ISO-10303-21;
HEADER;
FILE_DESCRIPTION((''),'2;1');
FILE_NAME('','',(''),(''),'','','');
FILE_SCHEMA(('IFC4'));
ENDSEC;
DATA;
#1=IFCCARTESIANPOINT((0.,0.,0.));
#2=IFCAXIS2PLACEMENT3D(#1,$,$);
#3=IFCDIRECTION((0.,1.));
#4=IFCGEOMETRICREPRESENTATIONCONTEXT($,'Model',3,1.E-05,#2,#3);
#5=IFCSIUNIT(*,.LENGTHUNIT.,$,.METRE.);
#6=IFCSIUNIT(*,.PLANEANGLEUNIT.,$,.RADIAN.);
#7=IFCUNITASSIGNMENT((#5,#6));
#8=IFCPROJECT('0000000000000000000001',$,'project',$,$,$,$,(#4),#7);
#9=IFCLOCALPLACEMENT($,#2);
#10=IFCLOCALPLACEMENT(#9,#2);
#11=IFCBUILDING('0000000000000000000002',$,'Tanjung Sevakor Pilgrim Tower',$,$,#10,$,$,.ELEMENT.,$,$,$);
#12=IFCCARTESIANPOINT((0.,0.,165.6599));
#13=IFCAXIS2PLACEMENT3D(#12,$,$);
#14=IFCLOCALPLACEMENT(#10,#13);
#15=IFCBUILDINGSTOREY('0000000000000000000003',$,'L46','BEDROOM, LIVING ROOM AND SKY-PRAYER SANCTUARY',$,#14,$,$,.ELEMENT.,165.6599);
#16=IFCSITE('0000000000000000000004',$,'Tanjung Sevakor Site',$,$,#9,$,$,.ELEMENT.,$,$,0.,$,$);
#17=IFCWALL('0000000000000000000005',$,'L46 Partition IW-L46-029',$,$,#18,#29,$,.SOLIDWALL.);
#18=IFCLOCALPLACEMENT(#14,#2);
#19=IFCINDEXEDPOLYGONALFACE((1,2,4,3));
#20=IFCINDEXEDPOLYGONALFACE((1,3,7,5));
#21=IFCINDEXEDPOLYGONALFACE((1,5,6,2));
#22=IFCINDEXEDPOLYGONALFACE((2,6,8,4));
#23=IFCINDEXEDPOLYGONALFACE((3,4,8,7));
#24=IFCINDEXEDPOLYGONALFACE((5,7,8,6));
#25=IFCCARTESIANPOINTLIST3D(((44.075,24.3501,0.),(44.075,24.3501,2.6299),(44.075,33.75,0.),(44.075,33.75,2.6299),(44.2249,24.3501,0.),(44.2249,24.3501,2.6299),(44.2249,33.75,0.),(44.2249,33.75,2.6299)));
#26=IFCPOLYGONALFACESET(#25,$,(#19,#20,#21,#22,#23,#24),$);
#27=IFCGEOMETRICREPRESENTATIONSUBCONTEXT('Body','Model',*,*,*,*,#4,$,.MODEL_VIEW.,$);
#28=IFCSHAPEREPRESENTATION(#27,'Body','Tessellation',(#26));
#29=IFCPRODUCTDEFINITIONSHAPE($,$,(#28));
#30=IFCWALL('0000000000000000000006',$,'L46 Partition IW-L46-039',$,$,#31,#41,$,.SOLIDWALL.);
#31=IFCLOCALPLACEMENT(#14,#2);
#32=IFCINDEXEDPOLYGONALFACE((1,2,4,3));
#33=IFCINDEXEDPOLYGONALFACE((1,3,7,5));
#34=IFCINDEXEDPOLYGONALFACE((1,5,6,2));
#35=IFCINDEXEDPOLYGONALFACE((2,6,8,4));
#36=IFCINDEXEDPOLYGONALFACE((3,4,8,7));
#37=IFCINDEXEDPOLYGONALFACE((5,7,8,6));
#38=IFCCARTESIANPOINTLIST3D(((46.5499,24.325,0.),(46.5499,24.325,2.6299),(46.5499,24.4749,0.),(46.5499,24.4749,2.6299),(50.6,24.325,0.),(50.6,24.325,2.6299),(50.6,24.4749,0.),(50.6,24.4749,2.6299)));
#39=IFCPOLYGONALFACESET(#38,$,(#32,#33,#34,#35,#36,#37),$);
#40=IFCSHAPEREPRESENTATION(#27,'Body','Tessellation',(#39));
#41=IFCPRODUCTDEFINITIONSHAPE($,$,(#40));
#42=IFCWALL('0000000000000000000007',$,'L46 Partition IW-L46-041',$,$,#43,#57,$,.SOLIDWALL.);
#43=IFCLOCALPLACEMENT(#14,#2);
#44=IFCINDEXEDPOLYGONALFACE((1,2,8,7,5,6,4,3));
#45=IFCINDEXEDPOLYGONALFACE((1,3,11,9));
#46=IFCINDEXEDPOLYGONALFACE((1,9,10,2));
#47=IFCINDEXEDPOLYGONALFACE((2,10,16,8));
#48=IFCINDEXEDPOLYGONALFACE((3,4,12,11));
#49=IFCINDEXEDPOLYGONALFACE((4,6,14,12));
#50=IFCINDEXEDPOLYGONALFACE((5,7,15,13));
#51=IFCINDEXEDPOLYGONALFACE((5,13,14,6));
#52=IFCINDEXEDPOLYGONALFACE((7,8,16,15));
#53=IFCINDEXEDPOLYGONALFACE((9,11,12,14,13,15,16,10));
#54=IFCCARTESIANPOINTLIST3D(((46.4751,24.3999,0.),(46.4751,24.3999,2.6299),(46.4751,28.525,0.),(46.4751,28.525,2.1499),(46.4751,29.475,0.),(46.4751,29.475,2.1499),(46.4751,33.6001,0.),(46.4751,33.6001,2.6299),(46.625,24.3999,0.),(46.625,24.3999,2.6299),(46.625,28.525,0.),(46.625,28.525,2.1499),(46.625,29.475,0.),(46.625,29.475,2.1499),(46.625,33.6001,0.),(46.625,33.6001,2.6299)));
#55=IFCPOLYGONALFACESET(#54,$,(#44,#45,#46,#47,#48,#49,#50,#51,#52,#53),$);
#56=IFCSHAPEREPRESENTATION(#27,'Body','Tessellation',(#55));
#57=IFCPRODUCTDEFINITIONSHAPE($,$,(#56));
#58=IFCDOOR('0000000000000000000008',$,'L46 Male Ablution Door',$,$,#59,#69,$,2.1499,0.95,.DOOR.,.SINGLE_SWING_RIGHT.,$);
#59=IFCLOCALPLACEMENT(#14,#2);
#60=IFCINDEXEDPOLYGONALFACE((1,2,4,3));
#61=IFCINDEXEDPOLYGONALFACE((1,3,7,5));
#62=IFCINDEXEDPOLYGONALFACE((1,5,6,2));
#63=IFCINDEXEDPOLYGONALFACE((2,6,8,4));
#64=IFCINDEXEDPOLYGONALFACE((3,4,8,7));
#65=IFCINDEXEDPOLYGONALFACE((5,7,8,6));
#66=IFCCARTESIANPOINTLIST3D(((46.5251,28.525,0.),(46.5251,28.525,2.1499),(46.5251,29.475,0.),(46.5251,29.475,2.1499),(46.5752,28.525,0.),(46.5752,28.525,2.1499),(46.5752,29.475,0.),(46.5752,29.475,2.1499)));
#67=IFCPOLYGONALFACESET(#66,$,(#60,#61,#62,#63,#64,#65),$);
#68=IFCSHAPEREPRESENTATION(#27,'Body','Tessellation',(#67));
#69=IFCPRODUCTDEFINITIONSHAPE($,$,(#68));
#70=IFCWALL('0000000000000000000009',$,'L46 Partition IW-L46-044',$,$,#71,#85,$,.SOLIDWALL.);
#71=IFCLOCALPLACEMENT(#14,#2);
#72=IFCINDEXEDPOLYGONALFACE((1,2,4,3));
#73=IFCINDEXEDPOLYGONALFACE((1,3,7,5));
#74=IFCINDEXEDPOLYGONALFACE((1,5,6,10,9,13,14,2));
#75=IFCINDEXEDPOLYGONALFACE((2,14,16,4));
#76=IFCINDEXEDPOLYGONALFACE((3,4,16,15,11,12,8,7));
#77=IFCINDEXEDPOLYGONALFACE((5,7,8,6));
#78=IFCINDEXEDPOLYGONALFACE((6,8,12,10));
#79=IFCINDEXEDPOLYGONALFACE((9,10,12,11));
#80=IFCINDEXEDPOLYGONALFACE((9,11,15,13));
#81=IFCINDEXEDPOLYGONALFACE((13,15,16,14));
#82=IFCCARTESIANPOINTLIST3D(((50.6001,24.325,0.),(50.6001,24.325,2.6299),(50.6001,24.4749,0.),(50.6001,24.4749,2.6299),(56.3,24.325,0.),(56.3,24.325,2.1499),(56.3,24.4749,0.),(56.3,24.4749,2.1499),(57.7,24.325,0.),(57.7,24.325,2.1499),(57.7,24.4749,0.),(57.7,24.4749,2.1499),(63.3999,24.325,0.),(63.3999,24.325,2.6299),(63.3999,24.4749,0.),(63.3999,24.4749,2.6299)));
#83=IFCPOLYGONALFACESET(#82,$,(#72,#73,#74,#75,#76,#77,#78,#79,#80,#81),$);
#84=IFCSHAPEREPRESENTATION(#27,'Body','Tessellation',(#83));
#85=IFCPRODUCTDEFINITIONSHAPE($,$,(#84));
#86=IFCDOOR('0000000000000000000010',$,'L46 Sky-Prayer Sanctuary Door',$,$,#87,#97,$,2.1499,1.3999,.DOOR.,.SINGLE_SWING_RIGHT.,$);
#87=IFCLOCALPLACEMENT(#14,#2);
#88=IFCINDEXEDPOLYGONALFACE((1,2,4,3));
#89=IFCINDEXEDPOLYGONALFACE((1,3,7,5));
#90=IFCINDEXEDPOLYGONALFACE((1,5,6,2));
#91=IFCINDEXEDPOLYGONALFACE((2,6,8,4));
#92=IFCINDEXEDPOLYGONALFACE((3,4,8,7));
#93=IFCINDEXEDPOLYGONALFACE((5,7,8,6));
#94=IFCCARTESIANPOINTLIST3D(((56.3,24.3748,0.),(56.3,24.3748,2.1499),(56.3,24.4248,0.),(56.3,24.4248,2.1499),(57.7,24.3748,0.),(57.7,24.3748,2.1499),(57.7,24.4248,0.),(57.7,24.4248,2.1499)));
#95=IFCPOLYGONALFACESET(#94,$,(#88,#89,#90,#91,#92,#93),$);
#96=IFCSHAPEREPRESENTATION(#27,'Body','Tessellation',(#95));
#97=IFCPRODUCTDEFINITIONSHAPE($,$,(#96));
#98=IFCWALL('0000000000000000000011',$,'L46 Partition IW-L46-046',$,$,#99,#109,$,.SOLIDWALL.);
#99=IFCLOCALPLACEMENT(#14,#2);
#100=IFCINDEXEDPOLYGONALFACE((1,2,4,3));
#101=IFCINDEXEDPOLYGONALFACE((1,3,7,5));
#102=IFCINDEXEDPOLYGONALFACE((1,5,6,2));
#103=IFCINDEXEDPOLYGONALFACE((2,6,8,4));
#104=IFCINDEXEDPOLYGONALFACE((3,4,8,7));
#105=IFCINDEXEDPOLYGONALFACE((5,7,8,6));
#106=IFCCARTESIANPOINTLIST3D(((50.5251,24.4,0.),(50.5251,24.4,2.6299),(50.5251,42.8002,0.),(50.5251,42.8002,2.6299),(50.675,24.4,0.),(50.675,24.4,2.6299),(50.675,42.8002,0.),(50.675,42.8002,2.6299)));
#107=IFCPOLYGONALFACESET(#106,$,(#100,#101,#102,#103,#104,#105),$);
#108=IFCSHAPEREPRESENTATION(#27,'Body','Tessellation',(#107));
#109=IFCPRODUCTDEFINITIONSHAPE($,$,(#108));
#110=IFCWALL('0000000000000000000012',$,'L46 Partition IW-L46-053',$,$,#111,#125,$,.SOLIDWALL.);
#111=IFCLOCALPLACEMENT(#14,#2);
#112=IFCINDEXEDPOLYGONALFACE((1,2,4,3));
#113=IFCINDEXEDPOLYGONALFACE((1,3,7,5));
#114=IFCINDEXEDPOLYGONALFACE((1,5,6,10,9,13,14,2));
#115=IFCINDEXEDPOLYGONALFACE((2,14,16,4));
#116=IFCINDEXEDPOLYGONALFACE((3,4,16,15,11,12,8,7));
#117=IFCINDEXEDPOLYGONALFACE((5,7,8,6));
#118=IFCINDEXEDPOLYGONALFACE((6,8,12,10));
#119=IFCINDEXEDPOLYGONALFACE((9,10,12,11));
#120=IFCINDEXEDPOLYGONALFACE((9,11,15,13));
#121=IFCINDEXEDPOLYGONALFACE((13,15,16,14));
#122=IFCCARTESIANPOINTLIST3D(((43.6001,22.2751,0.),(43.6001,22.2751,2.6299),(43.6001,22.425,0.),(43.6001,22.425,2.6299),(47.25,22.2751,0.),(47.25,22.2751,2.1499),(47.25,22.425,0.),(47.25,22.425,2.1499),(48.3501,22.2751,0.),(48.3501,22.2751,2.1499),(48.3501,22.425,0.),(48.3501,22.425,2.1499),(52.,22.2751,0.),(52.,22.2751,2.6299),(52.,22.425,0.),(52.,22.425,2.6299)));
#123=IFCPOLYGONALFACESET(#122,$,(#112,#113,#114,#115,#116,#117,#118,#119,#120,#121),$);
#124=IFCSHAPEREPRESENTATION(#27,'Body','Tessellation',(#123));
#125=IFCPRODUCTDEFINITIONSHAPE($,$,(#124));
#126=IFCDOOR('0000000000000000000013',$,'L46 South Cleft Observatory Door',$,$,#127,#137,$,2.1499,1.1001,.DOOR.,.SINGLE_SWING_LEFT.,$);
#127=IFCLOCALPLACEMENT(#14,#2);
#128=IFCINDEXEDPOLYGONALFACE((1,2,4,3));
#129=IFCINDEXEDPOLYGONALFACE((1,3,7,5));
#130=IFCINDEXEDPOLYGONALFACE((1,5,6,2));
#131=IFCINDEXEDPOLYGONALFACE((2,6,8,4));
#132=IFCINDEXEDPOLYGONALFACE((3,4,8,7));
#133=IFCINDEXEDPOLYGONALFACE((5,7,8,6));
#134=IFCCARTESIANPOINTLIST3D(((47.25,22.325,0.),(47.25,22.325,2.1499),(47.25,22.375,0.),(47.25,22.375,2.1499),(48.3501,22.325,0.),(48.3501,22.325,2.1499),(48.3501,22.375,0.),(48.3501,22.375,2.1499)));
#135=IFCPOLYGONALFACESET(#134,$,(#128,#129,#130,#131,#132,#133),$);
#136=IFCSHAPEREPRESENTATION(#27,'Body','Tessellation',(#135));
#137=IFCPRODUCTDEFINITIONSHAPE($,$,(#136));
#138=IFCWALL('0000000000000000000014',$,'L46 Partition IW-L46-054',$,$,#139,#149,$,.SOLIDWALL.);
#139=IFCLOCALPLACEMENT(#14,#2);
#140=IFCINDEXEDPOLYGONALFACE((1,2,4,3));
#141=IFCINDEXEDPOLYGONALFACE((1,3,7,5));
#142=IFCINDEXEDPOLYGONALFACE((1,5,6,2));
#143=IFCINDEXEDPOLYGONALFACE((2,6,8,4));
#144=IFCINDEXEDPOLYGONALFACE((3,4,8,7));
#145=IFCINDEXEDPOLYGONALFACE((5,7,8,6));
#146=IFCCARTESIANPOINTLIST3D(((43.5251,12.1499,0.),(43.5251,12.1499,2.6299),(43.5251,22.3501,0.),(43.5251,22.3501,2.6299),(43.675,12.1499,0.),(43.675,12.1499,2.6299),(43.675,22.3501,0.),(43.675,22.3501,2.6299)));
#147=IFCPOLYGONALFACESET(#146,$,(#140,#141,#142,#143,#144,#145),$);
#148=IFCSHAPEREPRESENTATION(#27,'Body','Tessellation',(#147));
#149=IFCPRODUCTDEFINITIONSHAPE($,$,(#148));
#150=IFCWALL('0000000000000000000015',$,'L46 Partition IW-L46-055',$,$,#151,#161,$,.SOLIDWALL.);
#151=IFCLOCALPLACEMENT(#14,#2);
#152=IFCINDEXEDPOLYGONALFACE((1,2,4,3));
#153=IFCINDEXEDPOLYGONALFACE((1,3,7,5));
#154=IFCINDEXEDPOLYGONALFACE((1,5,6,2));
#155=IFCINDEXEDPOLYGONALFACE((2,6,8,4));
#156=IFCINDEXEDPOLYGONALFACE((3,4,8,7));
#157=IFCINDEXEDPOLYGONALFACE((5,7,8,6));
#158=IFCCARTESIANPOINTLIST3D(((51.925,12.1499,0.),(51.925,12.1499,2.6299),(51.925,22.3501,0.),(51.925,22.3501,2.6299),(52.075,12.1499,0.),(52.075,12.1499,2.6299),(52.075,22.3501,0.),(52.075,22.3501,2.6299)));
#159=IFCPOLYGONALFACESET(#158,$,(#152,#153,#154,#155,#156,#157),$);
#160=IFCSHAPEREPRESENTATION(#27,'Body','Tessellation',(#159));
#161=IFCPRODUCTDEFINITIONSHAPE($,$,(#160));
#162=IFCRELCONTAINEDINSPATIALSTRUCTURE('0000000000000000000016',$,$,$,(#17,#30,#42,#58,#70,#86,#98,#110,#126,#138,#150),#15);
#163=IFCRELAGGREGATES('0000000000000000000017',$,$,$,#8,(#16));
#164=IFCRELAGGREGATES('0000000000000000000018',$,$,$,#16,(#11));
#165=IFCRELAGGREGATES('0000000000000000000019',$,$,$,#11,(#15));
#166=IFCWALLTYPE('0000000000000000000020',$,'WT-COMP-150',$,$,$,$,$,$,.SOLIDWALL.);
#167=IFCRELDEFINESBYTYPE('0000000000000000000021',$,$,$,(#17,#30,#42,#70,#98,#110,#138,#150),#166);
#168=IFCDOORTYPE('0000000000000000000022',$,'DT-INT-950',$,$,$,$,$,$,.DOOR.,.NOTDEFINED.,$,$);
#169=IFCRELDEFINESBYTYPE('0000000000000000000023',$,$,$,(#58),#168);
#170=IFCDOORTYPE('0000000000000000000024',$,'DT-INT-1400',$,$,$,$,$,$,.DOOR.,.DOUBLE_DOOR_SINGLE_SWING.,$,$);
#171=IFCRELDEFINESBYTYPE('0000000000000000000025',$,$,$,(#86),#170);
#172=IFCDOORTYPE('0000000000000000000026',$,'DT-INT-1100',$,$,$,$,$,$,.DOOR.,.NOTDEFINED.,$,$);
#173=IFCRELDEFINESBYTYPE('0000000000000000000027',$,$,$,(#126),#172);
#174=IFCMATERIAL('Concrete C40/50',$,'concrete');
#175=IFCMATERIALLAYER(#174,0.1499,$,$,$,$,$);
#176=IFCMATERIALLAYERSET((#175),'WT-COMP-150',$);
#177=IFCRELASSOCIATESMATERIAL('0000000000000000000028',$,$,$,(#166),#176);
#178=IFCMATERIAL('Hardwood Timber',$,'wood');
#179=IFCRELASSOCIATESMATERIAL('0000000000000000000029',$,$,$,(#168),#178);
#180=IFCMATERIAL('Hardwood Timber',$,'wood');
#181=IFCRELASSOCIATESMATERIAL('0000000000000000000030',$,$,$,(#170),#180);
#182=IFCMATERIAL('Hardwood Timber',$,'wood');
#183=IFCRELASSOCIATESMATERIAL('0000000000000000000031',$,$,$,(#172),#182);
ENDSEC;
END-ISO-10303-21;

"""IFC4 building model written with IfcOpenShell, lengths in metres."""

from ifc_helpers import new_model, si_unit, direction, frame, frame_2d, origin, place, context, subcontext, project, spatial, rectangle, extrude, material, layer, layer_set, type_object, element, fill, save


model = new_model("IFC4")

# Units and contexts
model_context = context("Model", 3, precision=1e-05, world=origin(), true_north=direction((0.0, 1.0)))
body_context = subcontext(model_context, "Body", "Model", "MODEL_VIEW")
ifc_project = project(units=[si_unit("LENGTHUNIT", "METRE"), si_unit("PLANEANGLEUNIT", "RADIAN")], contexts=[model_context])

# Site, building, storey
site_placement = place(None, origin())
site = spatial("IfcSite", under=ifc_project, at=site_placement, Name="Tanjung Sevakor Site", CompositionType="ELEMENT", RefElevation=0.0)
building_placement = place(site_placement, origin())
building = spatial("IfcBuilding", under=site, at=building_placement, Name="Tanjung Sevakor Pilgrim Tower", CompositionType="ELEMENT")
storey_placement = place(building_placement, frame((0.0, 0.0, 165.6599)))
storey = spatial("IfcBuildingStorey", under=building, at=storey_placement, Name="L46", Description="BEDROOM, LIVING ROOM AND SKY-PRAYER SANCTUARY", CompositionType="ELEMENT", Elevation=165.6599)

# Walls
ifc_material_1 = material(Name="Concrete C40/50", Category="concrete")
ifc_layer_1 = layer(ifc_material_1, 0.1499)
ifc_layer_set_1 = layer_set([ifc_layer_1], Name="WT-COMP-150")
wall_type_1 = type_object("IfcWallType", Name="WT-COMP-150", PredefinedType="SOLIDWALL", material=ifc_layer_set_1)
wall_1_placement = place(storey_placement, frame((44.1499, 24.3501, 0.0), z_axis=(0.0, 0.0, 1.0), x_axis=(0.0, 1.0, 0.0)))
element("IfcWall", 1, at=wall_1_placement, inside=storey, type_object=wall_type_1, Name="L46 Partition IW-L46-029", PredefinedType="SOLIDWALL", context=body_context, shape_type="SweptSolid", body=[
    extrude(rectangle(XDim=9.3999, YDim=0.1499, at=frame_2d((4.7, 0.0))), origin(), (0.0, 0.0, 1.0), 2.6299),
])
wall_2_placement = place(storey_placement, frame((46.55, 24.3999, 0.0), z_axis=(0.0, 0.0, 1.0), x_axis=(1.0, 0.0, 0.0)))
element("IfcWall", 2, at=wall_2_placement, inside=storey, type_object=wall_type_1, Name="L46 Partition IW-L46-039", PredefinedType="SOLIDWALL", context=body_context, shape_type="SweptSolid", body=[
    extrude(rectangle(XDim=4.05, YDim=0.1499, at=frame_2d((2.0249, 0.0))), origin(), (0.0, 0.0, 1.0), 2.6299),
])

# Walls, openings, doors
wall_3_placement = place(storey_placement, frame((46.55, 24.3999, 0.0), z_axis=(0.0, 0.0, 1.0), x_axis=(0.0, 1.0, 0.0)))
wall_3 = element("IfcWall", 3, at=wall_3_placement, inside=storey, type_object=wall_type_1, Name="L46 Partition IW-L46-041", PredefinedType="SOLIDWALL", context=body_context, shape_type="SweptSolid", body=[
    extrude(rectangle(XDim=9.2002, YDim=0.1499, at=frame_2d((4.6001, 0.0))), origin(), (0.0, 0.0, 1.0), 2.6299),
])
opening_1_placement = place(wall_3_placement, frame((4.125, 0.0, 0.0)))
opening_1 = element("IfcOpeningElement", 4, at=opening_1_placement, cuts=wall_3, PredefinedType="OPENING", context=body_context, shape_type="SweptSolid", body=[
    extrude(rectangle(XDim=0.95, YDim=2.1499, at=frame_2d((0.4751, 1.075))), frame((0.0, 0.085, 0.0), z_axis=(0.0, -1.0, 0.0), x_axis=(1.0, 0.0, 0.0)), (0.0, 0.0, 1.0), 0.1699),
])
ifc_material_2 = material(Name="Hardwood Timber", Category="wood")
door_type_1 = type_object("IfcDoorType", Name="DT-INT-950", OperationType="NOTDEFINED", PredefinedType="DOOR", material=ifc_material_2)
door_1_placement = place(opening_1_placement, origin())
door_1 = element("IfcDoor", 5, at=door_1_placement, inside=storey, type_object=door_type_1, Name="L46 Male Ablution Door", OperationType="SINGLE_SWING_RIGHT", OverallHeight=2.1499, OverallWidth=0.95, PredefinedType="DOOR", context=body_context, shape_type="SweptSolid", body=[
    extrude(rectangle(XDim=0.95, YDim=2.1499, at=frame_2d((0.4751, 1.075))), frame((0.0, 0.0249, 0.0), z_axis=(0.0, -1.0, 0.0), x_axis=(1.0, 0.0, 0.0)), (0.0, 0.0, 1.0), 0.05),
])
fill(opening_1, door_1)
wall_4_placement = place(storey_placement, frame((50.6001, 24.3999, 0.0), z_axis=(0.0, 0.0, 1.0), x_axis=(1.0, 0.0, 0.0)))
wall_4 = element("IfcWall", 6, at=wall_4_placement, inside=storey, type_object=wall_type_1, Name="L46 Partition IW-L46-044", PredefinedType="SOLIDWALL", context=body_context, shape_type="SweptSolid", body=[
    extrude(rectangle(XDim=12.7998, YDim=0.1499, at=frame_2d((6.3999, 0.0))), origin(), (0.0, 0.0, 1.0), 2.6299),
])
opening_2_placement = place(wall_4_placement, frame((5.7, 0.0, 0.0)))
opening_2 = element("IfcOpeningElement", 7, at=opening_2_placement, cuts=wall_4, PredefinedType="OPENING", context=body_context, shape_type="SweptSolid", body=[
    extrude(rectangle(XDim=1.3999, YDim=2.1499, at=frame_2d((0.7, 1.075))), frame((0.0, 0.085, 0.0), z_axis=(0.0, -1.0, 0.0), x_axis=(1.0, 0.0, 0.0)), (0.0, 0.0, 1.0), 0.1699),
])
ifc_material_3 = material(Name="Hardwood Timber", Category="wood")
door_type_2 = type_object("IfcDoorType", Name="DT-INT-1400", OperationType="DOUBLE_DOOR_SINGLE_SWING", PredefinedType="DOOR", material=ifc_material_3)
door_2_placement = place(opening_2_placement, origin())
door_2 = element("IfcDoor", 8, at=door_2_placement, inside=storey, type_object=door_type_2, Name="L46 Sky-Prayer Sanctuary Door", OperationType="SINGLE_SWING_RIGHT", OverallHeight=2.1499, OverallWidth=1.3999, PredefinedType="DOOR", context=body_context, shape_type="SweptSolid", body=[
    extrude(rectangle(XDim=1.3999, YDim=2.1499, at=frame_2d((0.7, 1.075))), frame((0.0, 0.0249, 0.0), z_axis=(0.0, -1.0, 0.0), x_axis=(1.0, 0.0, 0.0)), (0.0, 0.0, 1.0), 0.05),
])
fill(opening_2, door_2)

# Wall
wall_5_placement = place(storey_placement, frame((50.6001, 24.3999, 0.0), z_axis=(0.0, 0.0, 1.0), x_axis=(0.0, 1.0, 0.0)))
element("IfcWall", 9, at=wall_5_placement, inside=storey, type_object=wall_type_1, Name="L46 Partition IW-L46-046", PredefinedType="SOLIDWALL", context=body_context, shape_type="SweptSolid", body=[
    extrude(rectangle(XDim=18.4001, YDim=0.1499, at=frame_2d((9.2002, 0.0))), origin(), (0.0, 0.0, 1.0), 2.6299),
])

# Wall, opening, door
wall_6_placement = place(storey_placement, frame((43.6001, 22.3501, 0.0), z_axis=(0.0, 0.0, 1.0), x_axis=(1.0, 0.0, 0.0)))
wall_6 = element("IfcWall", 10, at=wall_6_placement, inside=storey, type_object=wall_type_1, Name="L46 Partition IW-L46-053", PredefinedType="SOLIDWALL", context=body_context, shape_type="SweptSolid", body=[
    extrude(rectangle(XDim=8.3999, YDim=0.1499, at=frame_2d((4.2, 0.0))), origin(), (0.0, 0.0, 1.0), 2.6299),
])
opening_3_placement = place(wall_6_placement, frame((3.6499, 0.0, 0.0)))
opening_3 = element("IfcOpeningElement", 11, at=opening_3_placement, cuts=wall_6, PredefinedType="OPENING", context=body_context, shape_type="SweptSolid", body=[
    extrude(rectangle(XDim=1.1001, YDim=2.1499, at=frame_2d((0.55, 1.075))), frame((0.0, 0.085, 0.0), z_axis=(0.0, -1.0, 0.0), x_axis=(1.0, 0.0, 0.0)), (0.0, 0.0, 1.0), 0.1699),
])
ifc_material_4 = material(Name="Hardwood Timber", Category="wood")
door_type_3 = type_object("IfcDoorType", Name="DT-INT-1100", OperationType="NOTDEFINED", PredefinedType="DOOR", material=ifc_material_4)
door_3_placement = place(opening_3_placement, origin())
door_3 = element("IfcDoor", 12, at=door_3_placement, inside=storey, type_object=door_type_3, Name="L46 South Cleft Observatory Door", OperationType="SINGLE_SWING_LEFT", OverallHeight=2.1499, OverallWidth=1.1001, PredefinedType="DOOR", context=body_context, shape_type="SweptSolid", body=[
    extrude(rectangle(XDim=1.1001, YDim=2.1499, at=frame_2d((0.55, 1.075))), frame((0.0, 0.0249, 0.0), z_axis=(0.0, -1.0, 0.0), x_axis=(1.0, 0.0, 0.0)), (0.0, 0.0, 1.0), 0.05),
])
fill(opening_3, door_3)

# Walls
for number, where, z_axis, x_axis, name in (
    (13, (43.6001, 12.1499, 0.0), (0.0, 0.0, 1.0), (0.0, 1.0, 0.0), "L46 Partition IW-L46-054"),
    (14, (52.0, 12.1499, 0.0), (0.0, 0.0, 1.0), (0.0, 1.0, 0.0), "L46 Partition IW-L46-055"),
):
    element("IfcWall", number, at=place(storey_placement, frame(where, z_axis=z_axis, x_axis=x_axis)), inside=storey, type_object=wall_type_1, Name=name, PredefinedType="SOLIDWALL", context=body_context, shape_type="SweptSolid", body=[
        extrude(rectangle(XDim=10.2002, YDim=0.1499, at=frame_2d((5.1001, 0.0))), origin(), (0.0, 0.0, 1.0), 2.6299),
    ])

save(model, "model.ifc")
